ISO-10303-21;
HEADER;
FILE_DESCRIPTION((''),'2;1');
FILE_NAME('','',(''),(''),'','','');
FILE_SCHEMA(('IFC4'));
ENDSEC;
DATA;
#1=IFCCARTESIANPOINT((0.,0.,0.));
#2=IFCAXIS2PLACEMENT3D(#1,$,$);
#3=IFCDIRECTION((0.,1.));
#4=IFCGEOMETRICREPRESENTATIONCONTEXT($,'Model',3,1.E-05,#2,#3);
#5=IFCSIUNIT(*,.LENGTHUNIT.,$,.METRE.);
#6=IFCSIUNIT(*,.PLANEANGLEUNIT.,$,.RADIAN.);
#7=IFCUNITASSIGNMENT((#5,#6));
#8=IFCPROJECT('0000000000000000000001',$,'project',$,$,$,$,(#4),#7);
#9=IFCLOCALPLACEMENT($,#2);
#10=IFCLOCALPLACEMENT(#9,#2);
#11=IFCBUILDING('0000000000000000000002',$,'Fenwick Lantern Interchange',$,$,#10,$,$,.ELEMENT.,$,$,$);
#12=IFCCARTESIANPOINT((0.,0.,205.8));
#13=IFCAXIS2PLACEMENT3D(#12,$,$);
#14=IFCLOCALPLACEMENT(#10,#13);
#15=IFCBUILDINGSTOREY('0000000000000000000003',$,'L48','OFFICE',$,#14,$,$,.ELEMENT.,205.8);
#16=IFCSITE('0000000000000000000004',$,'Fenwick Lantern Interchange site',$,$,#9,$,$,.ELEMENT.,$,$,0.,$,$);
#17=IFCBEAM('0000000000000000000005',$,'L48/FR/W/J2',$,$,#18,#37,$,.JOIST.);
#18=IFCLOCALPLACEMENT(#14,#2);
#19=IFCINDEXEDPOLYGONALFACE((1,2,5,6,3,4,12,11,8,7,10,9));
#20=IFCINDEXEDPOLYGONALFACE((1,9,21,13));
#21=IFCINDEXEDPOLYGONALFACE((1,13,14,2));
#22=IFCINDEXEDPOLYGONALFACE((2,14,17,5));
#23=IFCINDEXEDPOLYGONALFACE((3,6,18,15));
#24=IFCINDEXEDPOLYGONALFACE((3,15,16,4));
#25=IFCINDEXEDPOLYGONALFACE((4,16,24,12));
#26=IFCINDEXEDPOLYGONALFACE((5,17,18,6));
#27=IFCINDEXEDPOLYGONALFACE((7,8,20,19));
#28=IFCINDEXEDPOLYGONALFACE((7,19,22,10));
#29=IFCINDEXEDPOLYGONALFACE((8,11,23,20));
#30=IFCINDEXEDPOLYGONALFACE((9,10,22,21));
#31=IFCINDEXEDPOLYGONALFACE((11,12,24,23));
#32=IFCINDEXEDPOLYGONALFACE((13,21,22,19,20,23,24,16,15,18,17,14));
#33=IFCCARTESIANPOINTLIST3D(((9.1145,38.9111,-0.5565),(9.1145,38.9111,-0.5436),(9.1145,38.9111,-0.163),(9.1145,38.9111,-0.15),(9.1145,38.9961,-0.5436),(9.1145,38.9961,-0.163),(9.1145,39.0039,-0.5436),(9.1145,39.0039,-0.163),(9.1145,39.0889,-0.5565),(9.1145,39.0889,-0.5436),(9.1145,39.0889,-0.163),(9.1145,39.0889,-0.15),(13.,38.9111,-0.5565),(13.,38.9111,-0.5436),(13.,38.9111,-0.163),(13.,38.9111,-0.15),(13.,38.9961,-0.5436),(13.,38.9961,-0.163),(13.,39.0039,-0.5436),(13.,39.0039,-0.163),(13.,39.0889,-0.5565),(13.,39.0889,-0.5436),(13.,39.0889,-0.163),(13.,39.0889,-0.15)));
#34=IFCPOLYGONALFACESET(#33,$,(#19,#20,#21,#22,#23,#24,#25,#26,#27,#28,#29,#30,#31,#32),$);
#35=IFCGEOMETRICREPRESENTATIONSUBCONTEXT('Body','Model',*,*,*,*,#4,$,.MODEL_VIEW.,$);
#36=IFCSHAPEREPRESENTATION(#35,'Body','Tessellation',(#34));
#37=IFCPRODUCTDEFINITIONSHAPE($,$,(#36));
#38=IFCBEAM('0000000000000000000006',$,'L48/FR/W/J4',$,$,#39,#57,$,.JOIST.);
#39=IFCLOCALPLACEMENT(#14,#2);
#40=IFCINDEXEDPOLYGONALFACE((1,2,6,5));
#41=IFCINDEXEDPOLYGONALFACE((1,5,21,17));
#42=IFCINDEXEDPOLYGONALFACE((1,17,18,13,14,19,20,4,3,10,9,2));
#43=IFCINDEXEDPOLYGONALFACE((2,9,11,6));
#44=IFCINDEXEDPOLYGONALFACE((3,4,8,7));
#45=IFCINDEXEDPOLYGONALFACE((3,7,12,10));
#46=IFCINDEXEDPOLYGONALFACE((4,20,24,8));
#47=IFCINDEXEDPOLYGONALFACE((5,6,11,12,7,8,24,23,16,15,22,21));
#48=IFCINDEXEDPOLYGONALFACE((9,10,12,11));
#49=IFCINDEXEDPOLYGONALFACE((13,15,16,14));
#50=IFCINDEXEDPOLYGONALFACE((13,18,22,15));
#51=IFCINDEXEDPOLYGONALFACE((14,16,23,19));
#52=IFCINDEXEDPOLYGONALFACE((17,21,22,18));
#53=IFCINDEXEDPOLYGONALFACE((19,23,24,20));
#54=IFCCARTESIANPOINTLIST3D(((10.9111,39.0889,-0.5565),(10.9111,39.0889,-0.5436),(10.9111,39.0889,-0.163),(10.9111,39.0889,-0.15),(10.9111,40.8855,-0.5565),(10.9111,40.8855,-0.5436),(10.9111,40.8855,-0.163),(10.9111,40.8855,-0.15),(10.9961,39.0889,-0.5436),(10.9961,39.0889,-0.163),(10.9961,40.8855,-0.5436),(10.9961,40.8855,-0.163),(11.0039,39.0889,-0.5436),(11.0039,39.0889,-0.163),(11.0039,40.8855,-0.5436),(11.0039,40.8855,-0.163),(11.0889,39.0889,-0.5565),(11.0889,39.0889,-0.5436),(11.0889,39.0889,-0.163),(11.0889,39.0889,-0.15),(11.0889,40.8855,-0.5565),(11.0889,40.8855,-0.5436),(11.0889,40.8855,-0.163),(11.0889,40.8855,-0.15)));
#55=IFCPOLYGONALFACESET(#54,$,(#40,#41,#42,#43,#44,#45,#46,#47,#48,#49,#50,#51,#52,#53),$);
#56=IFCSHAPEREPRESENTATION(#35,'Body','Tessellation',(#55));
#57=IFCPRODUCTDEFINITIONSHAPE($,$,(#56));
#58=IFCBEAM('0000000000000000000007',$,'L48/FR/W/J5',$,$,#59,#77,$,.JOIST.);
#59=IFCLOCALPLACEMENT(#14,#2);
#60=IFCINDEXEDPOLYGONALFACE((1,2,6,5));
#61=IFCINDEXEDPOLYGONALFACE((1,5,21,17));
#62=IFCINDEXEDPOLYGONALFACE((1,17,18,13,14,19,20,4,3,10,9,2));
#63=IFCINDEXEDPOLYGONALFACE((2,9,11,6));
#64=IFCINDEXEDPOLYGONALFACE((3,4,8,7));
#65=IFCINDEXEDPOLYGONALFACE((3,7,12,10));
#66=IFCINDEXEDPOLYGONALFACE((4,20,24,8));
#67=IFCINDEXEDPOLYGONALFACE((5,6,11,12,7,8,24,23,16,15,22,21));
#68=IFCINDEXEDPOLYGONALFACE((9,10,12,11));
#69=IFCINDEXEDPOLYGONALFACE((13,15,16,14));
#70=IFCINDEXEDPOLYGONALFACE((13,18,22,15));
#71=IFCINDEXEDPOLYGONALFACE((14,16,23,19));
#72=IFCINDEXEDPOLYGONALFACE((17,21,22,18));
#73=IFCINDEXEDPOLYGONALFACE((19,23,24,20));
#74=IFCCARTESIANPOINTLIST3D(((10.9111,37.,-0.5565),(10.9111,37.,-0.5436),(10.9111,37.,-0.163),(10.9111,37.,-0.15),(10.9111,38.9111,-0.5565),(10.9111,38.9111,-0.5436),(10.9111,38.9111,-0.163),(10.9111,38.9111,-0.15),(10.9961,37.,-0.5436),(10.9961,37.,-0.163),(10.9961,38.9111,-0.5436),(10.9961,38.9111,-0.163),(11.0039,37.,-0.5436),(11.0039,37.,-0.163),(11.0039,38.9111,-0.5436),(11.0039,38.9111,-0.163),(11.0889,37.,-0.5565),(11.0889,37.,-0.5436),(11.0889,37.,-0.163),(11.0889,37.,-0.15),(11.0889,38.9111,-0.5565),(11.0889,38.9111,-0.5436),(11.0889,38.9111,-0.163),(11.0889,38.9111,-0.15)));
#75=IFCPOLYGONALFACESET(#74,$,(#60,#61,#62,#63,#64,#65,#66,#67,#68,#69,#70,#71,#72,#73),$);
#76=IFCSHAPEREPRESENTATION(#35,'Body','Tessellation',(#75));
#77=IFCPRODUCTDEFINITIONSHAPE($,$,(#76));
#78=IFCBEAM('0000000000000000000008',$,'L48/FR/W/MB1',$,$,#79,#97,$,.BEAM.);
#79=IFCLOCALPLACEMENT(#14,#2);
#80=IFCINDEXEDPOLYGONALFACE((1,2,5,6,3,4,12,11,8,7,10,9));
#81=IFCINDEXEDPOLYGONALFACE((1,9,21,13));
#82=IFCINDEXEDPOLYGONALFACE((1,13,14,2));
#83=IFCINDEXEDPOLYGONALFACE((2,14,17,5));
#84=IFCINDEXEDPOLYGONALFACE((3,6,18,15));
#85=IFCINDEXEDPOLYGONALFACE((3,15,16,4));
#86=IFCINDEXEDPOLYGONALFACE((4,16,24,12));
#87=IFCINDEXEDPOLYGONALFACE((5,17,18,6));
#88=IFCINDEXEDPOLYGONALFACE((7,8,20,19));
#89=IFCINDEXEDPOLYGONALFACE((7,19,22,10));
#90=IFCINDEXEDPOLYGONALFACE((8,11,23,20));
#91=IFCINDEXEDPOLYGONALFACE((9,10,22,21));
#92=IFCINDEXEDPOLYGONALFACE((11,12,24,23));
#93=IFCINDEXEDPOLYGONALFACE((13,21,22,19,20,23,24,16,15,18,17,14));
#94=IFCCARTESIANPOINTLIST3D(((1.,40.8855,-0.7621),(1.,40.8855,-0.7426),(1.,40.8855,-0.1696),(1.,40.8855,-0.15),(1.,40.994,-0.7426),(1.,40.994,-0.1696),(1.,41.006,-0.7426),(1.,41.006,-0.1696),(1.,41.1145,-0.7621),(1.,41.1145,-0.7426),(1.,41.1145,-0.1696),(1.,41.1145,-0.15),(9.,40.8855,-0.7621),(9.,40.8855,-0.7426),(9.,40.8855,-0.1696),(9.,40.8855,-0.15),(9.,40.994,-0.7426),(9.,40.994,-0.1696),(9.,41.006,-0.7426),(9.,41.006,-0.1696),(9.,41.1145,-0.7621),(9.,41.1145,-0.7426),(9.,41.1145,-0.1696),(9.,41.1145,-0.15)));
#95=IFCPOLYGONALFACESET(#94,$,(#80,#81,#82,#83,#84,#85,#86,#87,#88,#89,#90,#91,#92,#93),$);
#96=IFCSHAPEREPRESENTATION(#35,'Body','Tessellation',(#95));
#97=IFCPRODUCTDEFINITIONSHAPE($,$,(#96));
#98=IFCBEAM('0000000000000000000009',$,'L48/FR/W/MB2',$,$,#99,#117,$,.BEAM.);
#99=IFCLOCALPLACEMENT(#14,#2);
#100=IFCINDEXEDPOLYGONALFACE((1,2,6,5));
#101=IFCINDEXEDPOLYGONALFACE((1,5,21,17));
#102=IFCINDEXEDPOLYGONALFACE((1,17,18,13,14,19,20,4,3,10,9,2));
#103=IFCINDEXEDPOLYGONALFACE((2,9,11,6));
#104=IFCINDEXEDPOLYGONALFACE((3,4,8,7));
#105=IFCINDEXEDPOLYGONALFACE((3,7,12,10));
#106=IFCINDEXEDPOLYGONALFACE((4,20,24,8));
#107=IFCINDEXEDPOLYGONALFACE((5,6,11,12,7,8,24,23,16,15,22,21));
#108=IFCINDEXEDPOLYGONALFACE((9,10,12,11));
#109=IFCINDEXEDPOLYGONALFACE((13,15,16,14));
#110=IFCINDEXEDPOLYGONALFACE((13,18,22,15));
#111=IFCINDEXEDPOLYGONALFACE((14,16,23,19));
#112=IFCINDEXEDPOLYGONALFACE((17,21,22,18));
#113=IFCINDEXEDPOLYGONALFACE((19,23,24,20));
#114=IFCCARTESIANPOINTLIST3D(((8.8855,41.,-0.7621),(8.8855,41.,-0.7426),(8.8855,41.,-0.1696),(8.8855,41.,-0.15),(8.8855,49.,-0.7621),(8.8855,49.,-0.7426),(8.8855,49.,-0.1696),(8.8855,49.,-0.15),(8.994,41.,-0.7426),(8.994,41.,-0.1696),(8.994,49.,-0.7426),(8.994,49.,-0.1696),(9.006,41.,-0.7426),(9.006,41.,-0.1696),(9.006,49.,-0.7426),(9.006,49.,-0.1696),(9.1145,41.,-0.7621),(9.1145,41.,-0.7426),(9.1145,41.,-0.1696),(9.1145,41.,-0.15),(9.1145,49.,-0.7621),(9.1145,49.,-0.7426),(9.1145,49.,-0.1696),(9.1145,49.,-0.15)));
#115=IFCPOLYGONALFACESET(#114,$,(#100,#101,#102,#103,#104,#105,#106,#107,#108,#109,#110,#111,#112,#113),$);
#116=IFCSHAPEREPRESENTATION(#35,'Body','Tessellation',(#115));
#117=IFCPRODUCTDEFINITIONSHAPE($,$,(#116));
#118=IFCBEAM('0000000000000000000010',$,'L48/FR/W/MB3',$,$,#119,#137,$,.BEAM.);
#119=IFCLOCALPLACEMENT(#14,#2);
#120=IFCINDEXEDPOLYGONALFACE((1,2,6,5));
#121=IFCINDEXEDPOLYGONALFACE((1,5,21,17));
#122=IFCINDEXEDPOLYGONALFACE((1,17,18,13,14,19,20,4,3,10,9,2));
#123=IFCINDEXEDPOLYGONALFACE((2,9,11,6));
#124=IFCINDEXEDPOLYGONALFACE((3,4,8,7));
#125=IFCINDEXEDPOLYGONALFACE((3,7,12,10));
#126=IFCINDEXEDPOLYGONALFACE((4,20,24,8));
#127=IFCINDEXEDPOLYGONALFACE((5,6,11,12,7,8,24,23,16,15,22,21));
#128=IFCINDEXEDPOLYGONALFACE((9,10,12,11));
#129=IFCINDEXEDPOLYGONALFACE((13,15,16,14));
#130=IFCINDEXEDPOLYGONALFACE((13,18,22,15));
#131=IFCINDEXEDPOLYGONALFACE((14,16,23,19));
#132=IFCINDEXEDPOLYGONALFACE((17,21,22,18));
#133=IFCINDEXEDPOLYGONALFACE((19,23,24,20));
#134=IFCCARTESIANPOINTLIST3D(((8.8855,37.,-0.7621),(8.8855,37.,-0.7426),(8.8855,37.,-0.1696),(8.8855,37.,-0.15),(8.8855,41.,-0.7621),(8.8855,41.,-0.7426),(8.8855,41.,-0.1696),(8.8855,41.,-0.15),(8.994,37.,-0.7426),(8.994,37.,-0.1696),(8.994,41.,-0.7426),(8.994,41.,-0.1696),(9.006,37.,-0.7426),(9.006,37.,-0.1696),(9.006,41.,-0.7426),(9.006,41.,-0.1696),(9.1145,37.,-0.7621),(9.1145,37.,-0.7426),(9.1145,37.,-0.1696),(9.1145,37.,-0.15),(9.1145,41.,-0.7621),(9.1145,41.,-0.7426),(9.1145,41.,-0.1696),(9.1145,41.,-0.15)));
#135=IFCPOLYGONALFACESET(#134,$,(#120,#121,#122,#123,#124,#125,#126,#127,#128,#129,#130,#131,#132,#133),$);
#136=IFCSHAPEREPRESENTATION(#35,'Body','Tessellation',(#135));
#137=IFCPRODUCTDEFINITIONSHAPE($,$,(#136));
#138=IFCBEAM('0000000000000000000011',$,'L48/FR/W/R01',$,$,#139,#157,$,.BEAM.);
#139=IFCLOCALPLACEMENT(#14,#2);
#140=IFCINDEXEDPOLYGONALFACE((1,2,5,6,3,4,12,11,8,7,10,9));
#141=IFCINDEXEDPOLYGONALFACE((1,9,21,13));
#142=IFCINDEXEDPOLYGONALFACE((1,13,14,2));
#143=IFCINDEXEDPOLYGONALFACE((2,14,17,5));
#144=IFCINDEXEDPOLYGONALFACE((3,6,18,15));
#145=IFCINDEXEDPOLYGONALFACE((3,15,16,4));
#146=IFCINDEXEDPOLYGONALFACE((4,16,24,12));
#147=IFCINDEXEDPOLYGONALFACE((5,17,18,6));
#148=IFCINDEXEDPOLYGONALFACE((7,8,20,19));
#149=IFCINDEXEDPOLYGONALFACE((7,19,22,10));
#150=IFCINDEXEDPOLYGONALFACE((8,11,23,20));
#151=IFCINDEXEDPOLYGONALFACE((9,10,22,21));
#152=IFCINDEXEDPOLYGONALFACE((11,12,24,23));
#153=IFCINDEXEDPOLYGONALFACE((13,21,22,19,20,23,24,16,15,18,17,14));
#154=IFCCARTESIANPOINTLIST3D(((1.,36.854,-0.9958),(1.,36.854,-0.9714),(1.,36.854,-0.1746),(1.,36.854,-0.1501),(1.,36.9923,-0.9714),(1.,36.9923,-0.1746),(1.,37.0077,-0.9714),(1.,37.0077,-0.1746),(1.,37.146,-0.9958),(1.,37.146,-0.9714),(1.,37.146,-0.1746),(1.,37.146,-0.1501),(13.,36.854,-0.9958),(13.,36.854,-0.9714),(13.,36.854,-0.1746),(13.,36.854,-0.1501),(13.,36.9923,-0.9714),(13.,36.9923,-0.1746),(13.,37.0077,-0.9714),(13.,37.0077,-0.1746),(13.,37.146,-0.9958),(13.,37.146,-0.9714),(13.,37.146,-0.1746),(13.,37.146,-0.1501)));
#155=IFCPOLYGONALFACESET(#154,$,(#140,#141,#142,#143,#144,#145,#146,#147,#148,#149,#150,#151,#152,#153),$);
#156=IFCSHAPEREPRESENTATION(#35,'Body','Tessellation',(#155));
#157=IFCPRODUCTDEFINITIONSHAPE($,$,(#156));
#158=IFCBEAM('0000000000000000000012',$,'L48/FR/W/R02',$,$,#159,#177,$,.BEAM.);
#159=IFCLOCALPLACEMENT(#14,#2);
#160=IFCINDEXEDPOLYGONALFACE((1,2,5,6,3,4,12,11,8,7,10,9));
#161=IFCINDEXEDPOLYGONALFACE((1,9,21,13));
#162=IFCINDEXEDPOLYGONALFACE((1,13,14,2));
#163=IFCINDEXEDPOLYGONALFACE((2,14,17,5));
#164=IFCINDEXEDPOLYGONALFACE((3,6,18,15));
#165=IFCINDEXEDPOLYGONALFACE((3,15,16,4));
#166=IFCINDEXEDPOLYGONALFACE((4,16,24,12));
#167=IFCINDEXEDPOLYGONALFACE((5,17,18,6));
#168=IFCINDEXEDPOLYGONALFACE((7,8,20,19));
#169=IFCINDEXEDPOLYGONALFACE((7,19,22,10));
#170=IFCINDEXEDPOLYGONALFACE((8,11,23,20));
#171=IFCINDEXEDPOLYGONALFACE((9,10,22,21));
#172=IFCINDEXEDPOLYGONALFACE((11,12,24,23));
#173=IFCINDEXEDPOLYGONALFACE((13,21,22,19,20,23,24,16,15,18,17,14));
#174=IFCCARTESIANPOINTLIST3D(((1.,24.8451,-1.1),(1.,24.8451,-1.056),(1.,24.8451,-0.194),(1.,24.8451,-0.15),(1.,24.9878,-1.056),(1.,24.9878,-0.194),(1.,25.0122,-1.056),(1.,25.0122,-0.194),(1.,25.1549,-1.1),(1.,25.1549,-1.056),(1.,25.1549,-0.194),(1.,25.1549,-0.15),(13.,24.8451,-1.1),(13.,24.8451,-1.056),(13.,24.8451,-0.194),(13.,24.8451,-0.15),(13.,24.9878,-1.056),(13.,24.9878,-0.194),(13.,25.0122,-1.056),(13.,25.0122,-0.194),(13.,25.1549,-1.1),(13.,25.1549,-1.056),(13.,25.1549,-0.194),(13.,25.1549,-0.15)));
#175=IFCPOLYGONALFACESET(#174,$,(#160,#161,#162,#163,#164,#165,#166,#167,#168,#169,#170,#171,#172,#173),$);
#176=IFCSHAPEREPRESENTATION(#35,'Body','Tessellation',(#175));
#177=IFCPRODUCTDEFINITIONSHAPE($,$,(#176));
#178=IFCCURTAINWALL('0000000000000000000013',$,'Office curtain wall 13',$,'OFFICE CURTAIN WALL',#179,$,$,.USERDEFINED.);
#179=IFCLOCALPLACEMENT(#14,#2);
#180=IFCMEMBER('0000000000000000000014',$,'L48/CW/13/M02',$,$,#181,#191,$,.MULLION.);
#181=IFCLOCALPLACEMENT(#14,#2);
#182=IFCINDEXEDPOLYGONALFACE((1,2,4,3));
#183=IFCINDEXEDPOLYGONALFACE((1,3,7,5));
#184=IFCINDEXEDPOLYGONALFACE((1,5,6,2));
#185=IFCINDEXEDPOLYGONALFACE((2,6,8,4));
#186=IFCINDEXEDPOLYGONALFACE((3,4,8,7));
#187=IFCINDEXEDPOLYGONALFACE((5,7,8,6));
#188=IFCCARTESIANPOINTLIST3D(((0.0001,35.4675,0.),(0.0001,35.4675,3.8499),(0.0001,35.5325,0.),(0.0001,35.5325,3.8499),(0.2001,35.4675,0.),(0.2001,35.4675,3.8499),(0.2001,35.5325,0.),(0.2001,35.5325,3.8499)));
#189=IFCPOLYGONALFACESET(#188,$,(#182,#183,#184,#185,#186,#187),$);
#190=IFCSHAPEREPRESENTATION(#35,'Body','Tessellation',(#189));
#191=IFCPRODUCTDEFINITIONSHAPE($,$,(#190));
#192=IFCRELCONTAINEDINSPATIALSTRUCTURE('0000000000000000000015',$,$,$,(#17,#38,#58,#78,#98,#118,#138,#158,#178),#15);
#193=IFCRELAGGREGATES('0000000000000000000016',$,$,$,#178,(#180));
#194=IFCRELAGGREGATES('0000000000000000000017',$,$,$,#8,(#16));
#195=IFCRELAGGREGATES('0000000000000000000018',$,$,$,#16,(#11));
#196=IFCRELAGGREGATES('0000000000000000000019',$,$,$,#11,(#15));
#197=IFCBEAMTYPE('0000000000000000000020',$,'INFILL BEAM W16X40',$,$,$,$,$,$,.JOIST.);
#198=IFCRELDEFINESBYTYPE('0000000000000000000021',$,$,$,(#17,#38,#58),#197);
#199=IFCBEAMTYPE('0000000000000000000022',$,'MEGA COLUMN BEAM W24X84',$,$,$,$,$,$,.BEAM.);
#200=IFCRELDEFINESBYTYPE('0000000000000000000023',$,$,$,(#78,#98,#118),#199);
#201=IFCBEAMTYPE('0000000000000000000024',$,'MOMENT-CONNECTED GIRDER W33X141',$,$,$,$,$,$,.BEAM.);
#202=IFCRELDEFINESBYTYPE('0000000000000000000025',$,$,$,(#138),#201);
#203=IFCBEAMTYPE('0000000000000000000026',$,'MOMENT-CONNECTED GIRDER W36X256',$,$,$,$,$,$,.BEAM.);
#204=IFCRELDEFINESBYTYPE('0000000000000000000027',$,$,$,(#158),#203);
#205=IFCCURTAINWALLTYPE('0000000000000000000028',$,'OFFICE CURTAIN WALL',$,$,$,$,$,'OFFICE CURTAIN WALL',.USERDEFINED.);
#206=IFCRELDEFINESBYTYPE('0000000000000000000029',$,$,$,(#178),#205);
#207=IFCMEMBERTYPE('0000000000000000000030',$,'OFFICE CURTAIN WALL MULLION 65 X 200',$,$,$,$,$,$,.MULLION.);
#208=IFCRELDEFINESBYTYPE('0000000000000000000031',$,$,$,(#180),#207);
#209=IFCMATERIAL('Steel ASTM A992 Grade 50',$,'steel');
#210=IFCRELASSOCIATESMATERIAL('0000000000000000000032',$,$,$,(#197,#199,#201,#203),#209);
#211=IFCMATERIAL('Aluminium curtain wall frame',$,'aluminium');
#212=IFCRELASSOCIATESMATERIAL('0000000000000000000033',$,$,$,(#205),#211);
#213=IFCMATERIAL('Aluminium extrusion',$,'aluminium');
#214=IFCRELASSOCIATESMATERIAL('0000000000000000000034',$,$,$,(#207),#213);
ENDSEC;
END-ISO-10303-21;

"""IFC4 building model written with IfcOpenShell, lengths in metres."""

from ifc_helpers import new_model, si_unit, direction, frame, origin, origin_2d, place, context, subcontext, project, spatial, rectangle, i_section, extrude, material, material_profile, profile_set, type_object, element, aggregate, save


model = new_model("IFC4")

# Units and contexts
model_context = context("Model", 3, precision=1e-05, world=origin(), true_north=direction((0.0, 1.0)))
body_context = subcontext(model_context, "Body", "Model", "MODEL_VIEW")
ifc_project = project(units=[si_unit("LENGTHUNIT", "METRE"), si_unit("PLANEANGLEUNIT", "RADIAN")], contexts=[model_context])

# Site, building, storey
site_placement = place(None, origin())
site = spatial("IfcSite", under=ifc_project, at=site_placement, Name="Fenwick Lantern Interchange site", CompositionType="ELEMENT", RefElevation=0.0)
building_placement = place(site_placement, origin())
building = spatial("IfcBuilding", under=site, at=building_placement, Name="Fenwick Lantern Interchange", CompositionType="ELEMENT")
storey_placement = place(building_placement, frame((0.0, 0.0, 205.8)))
storey = spatial("IfcBuildingStorey", under=building, at=storey_placement, Name="L48", Description="OFFICE", CompositionType="ELEMENT", Elevation=205.8)

# Beams
ifc_material_1 = material(Name="Steel ASTM A992 Grade 50", Category="steel")
ifc_material_profile_1 = material_profile(ifc_material_1, i_section(OverallWidth=0.1777, OverallDepth=0.4065, WebThickness=0.0078, FlangeThickness=0.0129, at=origin_2d()), Name="W16X40")
ifc_profile_set_1 = profile_set([ifc_material_profile_1], Name="Steel ASTM A992 Grade 50")
beam_type_1 = type_object("IfcBeamType", Name="INFILL BEAM W16X40", PredefinedType="JOIST", material=ifc_profile_set_1)
beam_1_placement = place(storey_placement, frame((9.1145, 39.0, -0.3533), z_axis=(1.0, 0.0, 0.0), x_axis=(0.0, 1.0, 0.0)))
element("IfcBeam", 1, at=beam_1_placement, inside=storey, type_object=beam_type_1, Name="L48/FR/W/J2", PredefinedType="JOIST", context=body_context, shape_type="SweptSolid", body=[
    extrude(i_section(OverallWidth=0.1777, OverallDepth=0.4065, WebThickness=0.0078, FlangeThickness=0.0129, at=origin_2d()), origin(), (0.0, 0.0, 1.0), 3.8855),
])
beam_2_placement = place(storey_placement, frame((11.0, 40.8855, -0.3533), z_axis=(0.0, -1.0, 0.0), x_axis=(1.0, 0.0, 0.0)))
element("IfcBeam", 2, at=beam_2_placement, inside=storey, type_object=beam_type_1, Name="L48/FR/W/J4", PredefinedType="JOIST", context=body_context, shape_type="SweptSolid", body=[
    extrude(i_section(OverallWidth=0.1777, OverallDepth=0.4065, WebThickness=0.0078, FlangeThickness=0.0129, at=origin_2d()), origin(), (0.0, 0.0, 1.0), 1.7966),
])
beam_3_placement = place(storey_placement, frame((11.0, 38.9111, -0.3533), z_axis=(0.0, -1.0, 0.0), x_axis=(1.0, 0.0, 0.0)))
element("IfcBeam", 3, at=beam_3_placement, inside=storey, type_object=beam_type_1, Name="L48/FR/W/J5", PredefinedType="JOIST", context=body_context, shape_type="SweptSolid", body=[
    extrude(i_section(OverallWidth=0.1777, OverallDepth=0.4065, WebThickness=0.0078, FlangeThickness=0.0129, at=origin_2d()), origin(), (0.0, 0.0, 1.0), 1.9111),
])
ifc_material_profile_2 = material_profile(ifc_material_1, i_section(OverallWidth=0.229, OverallDepth=0.6121, WebThickness=0.012, FlangeThickness=0.0195, at=origin_2d()), Name="W24X84")
ifc_profile_set_2 = profile_set([ifc_material_profile_2], Name="Steel ASTM A992 Grade 50")
beam_type_2 = type_object("IfcBeamType", Name="MEGA COLUMN BEAM W24X84", PredefinedType="BEAM", material=ifc_profile_set_2)
for number, where, z_axis, x_axis, name in (
    (4, (9.0, 41.0, -0.4561), (-1.0, 0.0, 0.0), (0.0, -1.0, 0.0), "L48/FR/W/MB1"),
    (5, (9.0, 41.0, -0.4561), (0.0, 1.0, 0.0), (-1.0, 0.0, 0.0), "L48/FR/W/MB2"),
):
    element("IfcBeam", number, at=place(storey_placement, frame(where, z_axis=z_axis, x_axis=x_axis)), inside=storey, type_object=beam_type_2, Name=name, PredefinedType="BEAM", context=body_context, shape_type="SweptSolid", body=[
        extrude(i_section(OverallWidth=0.229, OverallDepth=0.6121, WebThickness=0.012, FlangeThickness=0.0195, at=origin_2d()), origin(), (0.0, 0.0, 1.0), 8.0),
    ])
beam_4_placement = place(storey_placement, frame((9.0, 41.0, -0.4561), z_axis=(0.0, -1.0, 0.0), x_axis=(1.0, 0.0, 0.0)))
element("IfcBeam", 6, at=beam_4_placement, inside=storey, type_object=beam_type_2, Name="L48/FR/W/MB3", PredefinedType="BEAM", context=body_context, shape_type="SweptSolid", body=[
    extrude(i_section(OverallWidth=0.229, OverallDepth=0.6121, WebThickness=0.012, FlangeThickness=0.0195, at=origin_2d()), origin(), (0.0, 0.0, 1.0), 4.0),
])
ifc_material_profile_3 = material_profile(ifc_material_1, i_section(OverallWidth=0.292, OverallDepth=0.8457, WebThickness=0.0154, FlangeThickness=0.0244, at=origin_2d()), Name="W33X141")
ifc_profile_set_3 = profile_set([ifc_material_profile_3], Name="Steel ASTM A992 Grade 50")
beam_type_3 = type_object("IfcBeamType", Name="MOMENT-CONNECTED GIRDER W33X141", PredefinedType="BEAM", material=ifc_profile_set_3)
beam_5_placement = place(storey_placement, frame((1.0, 37.0, -0.573), z_axis=(1.0, 0.0, 0.0), x_axis=(0.0, 1.0, 0.0)))
element("IfcBeam", 7, at=beam_5_placement, inside=storey, type_object=beam_type_3, Name="L48/FR/W/R01", PredefinedType="BEAM", context=body_context, shape_type="SweptSolid", body=[
    extrude(i_section(OverallWidth=0.292, OverallDepth=0.8457, WebThickness=0.0154, FlangeThickness=0.0244, at=origin_2d()), origin(), (0.0, 0.0, 1.0), 12.0),
])
ifc_material_profile_4 = material_profile(ifc_material_1, i_section(OverallWidth=0.3098, OverallDepth=0.95, WebThickness=0.0244, FlangeThickness=0.0439, at=origin_2d()), Name="W36X256")
ifc_profile_set_4 = profile_set([ifc_material_profile_4], Name="Steel ASTM A992 Grade 50")
beam_type_4 = type_object("IfcBeamType", Name="MOMENT-CONNECTED GIRDER W36X256", PredefinedType="BEAM", material=ifc_profile_set_4)
beam_6_placement = place(storey_placement, frame((1.0, 25.0, -0.625), z_axis=(1.0, 0.0, 0.0), x_axis=(0.0, 1.0, 0.0)))
element("IfcBeam", 8, at=beam_6_placement, inside=storey, type_object=beam_type_4, Name="L48/FR/W/R02", PredefinedType="BEAM", context=body_context, shape_type="SweptSolid", body=[
    extrude(i_section(OverallWidth=0.3098, OverallDepth=0.95, WebThickness=0.0244, FlangeThickness=0.0439, at=origin_2d()), origin(), (0.0, 0.0, 1.0), 12.0),
])

# Curtain wall, member
ifc_material_2 = material(Name="Aluminium curtain wall frame", Category="aluminium")
curtain_wall_type = type_object("IfcCurtainWallType", Name="OFFICE CURTAIN WALL", ElementType="OFFICE CURTAIN WALL", PredefinedType="USERDEFINED", material=ifc_material_2)
curtain_wall_placement = place(storey_placement, origin())
curtain_wall = element("IfcCurtainWall", 9, at=curtain_wall_placement, inside=storey, type_object=curtain_wall_type, Name="Office curtain wall 13", ObjectType="OFFICE CURTAIN WALL", PredefinedType="USERDEFINED")
ifc_material_3 = material(Name="Aluminium extrusion", Category="aluminium")
ifc_material_profile_5 = material_profile(ifc_material_3, rectangle(XDim=0.2, YDim=0.0649, at=origin_2d()), Name="OFFICE CURTAIN WALL MULLION 65 X 200")
ifc_profile_set_5 = profile_set([ifc_material_profile_5], Name="Aluminium extrusion")
member_type_1 = type_object("IfcMemberType", Name="OFFICE CURTAIN WALL MULLION 65 X 200", PredefinedType="MULLION", material=ifc_profile_set_5)
member_1_placement = place(storey_placement, frame((0.1001, 35.5, 0.0), z_axis=(0.0, 0.0, 1.0), x_axis=(1.0, 0.0, 0.0)))
member_1 = element("IfcMember", 10, at=member_1_placement, type_object=member_type_1, Name="L48/CW/13/M02", PredefinedType="MULLION", context=body_context, shape_type="SweptSolid", body=[
    extrude(rectangle(XDim=0.2, YDim=0.0649, at=origin_2d()), origin(), (0.0, 0.0, 1.0), 3.8499),
])
aggregate(curtain_wall, [member_1])

save(model, "model.ifc")
